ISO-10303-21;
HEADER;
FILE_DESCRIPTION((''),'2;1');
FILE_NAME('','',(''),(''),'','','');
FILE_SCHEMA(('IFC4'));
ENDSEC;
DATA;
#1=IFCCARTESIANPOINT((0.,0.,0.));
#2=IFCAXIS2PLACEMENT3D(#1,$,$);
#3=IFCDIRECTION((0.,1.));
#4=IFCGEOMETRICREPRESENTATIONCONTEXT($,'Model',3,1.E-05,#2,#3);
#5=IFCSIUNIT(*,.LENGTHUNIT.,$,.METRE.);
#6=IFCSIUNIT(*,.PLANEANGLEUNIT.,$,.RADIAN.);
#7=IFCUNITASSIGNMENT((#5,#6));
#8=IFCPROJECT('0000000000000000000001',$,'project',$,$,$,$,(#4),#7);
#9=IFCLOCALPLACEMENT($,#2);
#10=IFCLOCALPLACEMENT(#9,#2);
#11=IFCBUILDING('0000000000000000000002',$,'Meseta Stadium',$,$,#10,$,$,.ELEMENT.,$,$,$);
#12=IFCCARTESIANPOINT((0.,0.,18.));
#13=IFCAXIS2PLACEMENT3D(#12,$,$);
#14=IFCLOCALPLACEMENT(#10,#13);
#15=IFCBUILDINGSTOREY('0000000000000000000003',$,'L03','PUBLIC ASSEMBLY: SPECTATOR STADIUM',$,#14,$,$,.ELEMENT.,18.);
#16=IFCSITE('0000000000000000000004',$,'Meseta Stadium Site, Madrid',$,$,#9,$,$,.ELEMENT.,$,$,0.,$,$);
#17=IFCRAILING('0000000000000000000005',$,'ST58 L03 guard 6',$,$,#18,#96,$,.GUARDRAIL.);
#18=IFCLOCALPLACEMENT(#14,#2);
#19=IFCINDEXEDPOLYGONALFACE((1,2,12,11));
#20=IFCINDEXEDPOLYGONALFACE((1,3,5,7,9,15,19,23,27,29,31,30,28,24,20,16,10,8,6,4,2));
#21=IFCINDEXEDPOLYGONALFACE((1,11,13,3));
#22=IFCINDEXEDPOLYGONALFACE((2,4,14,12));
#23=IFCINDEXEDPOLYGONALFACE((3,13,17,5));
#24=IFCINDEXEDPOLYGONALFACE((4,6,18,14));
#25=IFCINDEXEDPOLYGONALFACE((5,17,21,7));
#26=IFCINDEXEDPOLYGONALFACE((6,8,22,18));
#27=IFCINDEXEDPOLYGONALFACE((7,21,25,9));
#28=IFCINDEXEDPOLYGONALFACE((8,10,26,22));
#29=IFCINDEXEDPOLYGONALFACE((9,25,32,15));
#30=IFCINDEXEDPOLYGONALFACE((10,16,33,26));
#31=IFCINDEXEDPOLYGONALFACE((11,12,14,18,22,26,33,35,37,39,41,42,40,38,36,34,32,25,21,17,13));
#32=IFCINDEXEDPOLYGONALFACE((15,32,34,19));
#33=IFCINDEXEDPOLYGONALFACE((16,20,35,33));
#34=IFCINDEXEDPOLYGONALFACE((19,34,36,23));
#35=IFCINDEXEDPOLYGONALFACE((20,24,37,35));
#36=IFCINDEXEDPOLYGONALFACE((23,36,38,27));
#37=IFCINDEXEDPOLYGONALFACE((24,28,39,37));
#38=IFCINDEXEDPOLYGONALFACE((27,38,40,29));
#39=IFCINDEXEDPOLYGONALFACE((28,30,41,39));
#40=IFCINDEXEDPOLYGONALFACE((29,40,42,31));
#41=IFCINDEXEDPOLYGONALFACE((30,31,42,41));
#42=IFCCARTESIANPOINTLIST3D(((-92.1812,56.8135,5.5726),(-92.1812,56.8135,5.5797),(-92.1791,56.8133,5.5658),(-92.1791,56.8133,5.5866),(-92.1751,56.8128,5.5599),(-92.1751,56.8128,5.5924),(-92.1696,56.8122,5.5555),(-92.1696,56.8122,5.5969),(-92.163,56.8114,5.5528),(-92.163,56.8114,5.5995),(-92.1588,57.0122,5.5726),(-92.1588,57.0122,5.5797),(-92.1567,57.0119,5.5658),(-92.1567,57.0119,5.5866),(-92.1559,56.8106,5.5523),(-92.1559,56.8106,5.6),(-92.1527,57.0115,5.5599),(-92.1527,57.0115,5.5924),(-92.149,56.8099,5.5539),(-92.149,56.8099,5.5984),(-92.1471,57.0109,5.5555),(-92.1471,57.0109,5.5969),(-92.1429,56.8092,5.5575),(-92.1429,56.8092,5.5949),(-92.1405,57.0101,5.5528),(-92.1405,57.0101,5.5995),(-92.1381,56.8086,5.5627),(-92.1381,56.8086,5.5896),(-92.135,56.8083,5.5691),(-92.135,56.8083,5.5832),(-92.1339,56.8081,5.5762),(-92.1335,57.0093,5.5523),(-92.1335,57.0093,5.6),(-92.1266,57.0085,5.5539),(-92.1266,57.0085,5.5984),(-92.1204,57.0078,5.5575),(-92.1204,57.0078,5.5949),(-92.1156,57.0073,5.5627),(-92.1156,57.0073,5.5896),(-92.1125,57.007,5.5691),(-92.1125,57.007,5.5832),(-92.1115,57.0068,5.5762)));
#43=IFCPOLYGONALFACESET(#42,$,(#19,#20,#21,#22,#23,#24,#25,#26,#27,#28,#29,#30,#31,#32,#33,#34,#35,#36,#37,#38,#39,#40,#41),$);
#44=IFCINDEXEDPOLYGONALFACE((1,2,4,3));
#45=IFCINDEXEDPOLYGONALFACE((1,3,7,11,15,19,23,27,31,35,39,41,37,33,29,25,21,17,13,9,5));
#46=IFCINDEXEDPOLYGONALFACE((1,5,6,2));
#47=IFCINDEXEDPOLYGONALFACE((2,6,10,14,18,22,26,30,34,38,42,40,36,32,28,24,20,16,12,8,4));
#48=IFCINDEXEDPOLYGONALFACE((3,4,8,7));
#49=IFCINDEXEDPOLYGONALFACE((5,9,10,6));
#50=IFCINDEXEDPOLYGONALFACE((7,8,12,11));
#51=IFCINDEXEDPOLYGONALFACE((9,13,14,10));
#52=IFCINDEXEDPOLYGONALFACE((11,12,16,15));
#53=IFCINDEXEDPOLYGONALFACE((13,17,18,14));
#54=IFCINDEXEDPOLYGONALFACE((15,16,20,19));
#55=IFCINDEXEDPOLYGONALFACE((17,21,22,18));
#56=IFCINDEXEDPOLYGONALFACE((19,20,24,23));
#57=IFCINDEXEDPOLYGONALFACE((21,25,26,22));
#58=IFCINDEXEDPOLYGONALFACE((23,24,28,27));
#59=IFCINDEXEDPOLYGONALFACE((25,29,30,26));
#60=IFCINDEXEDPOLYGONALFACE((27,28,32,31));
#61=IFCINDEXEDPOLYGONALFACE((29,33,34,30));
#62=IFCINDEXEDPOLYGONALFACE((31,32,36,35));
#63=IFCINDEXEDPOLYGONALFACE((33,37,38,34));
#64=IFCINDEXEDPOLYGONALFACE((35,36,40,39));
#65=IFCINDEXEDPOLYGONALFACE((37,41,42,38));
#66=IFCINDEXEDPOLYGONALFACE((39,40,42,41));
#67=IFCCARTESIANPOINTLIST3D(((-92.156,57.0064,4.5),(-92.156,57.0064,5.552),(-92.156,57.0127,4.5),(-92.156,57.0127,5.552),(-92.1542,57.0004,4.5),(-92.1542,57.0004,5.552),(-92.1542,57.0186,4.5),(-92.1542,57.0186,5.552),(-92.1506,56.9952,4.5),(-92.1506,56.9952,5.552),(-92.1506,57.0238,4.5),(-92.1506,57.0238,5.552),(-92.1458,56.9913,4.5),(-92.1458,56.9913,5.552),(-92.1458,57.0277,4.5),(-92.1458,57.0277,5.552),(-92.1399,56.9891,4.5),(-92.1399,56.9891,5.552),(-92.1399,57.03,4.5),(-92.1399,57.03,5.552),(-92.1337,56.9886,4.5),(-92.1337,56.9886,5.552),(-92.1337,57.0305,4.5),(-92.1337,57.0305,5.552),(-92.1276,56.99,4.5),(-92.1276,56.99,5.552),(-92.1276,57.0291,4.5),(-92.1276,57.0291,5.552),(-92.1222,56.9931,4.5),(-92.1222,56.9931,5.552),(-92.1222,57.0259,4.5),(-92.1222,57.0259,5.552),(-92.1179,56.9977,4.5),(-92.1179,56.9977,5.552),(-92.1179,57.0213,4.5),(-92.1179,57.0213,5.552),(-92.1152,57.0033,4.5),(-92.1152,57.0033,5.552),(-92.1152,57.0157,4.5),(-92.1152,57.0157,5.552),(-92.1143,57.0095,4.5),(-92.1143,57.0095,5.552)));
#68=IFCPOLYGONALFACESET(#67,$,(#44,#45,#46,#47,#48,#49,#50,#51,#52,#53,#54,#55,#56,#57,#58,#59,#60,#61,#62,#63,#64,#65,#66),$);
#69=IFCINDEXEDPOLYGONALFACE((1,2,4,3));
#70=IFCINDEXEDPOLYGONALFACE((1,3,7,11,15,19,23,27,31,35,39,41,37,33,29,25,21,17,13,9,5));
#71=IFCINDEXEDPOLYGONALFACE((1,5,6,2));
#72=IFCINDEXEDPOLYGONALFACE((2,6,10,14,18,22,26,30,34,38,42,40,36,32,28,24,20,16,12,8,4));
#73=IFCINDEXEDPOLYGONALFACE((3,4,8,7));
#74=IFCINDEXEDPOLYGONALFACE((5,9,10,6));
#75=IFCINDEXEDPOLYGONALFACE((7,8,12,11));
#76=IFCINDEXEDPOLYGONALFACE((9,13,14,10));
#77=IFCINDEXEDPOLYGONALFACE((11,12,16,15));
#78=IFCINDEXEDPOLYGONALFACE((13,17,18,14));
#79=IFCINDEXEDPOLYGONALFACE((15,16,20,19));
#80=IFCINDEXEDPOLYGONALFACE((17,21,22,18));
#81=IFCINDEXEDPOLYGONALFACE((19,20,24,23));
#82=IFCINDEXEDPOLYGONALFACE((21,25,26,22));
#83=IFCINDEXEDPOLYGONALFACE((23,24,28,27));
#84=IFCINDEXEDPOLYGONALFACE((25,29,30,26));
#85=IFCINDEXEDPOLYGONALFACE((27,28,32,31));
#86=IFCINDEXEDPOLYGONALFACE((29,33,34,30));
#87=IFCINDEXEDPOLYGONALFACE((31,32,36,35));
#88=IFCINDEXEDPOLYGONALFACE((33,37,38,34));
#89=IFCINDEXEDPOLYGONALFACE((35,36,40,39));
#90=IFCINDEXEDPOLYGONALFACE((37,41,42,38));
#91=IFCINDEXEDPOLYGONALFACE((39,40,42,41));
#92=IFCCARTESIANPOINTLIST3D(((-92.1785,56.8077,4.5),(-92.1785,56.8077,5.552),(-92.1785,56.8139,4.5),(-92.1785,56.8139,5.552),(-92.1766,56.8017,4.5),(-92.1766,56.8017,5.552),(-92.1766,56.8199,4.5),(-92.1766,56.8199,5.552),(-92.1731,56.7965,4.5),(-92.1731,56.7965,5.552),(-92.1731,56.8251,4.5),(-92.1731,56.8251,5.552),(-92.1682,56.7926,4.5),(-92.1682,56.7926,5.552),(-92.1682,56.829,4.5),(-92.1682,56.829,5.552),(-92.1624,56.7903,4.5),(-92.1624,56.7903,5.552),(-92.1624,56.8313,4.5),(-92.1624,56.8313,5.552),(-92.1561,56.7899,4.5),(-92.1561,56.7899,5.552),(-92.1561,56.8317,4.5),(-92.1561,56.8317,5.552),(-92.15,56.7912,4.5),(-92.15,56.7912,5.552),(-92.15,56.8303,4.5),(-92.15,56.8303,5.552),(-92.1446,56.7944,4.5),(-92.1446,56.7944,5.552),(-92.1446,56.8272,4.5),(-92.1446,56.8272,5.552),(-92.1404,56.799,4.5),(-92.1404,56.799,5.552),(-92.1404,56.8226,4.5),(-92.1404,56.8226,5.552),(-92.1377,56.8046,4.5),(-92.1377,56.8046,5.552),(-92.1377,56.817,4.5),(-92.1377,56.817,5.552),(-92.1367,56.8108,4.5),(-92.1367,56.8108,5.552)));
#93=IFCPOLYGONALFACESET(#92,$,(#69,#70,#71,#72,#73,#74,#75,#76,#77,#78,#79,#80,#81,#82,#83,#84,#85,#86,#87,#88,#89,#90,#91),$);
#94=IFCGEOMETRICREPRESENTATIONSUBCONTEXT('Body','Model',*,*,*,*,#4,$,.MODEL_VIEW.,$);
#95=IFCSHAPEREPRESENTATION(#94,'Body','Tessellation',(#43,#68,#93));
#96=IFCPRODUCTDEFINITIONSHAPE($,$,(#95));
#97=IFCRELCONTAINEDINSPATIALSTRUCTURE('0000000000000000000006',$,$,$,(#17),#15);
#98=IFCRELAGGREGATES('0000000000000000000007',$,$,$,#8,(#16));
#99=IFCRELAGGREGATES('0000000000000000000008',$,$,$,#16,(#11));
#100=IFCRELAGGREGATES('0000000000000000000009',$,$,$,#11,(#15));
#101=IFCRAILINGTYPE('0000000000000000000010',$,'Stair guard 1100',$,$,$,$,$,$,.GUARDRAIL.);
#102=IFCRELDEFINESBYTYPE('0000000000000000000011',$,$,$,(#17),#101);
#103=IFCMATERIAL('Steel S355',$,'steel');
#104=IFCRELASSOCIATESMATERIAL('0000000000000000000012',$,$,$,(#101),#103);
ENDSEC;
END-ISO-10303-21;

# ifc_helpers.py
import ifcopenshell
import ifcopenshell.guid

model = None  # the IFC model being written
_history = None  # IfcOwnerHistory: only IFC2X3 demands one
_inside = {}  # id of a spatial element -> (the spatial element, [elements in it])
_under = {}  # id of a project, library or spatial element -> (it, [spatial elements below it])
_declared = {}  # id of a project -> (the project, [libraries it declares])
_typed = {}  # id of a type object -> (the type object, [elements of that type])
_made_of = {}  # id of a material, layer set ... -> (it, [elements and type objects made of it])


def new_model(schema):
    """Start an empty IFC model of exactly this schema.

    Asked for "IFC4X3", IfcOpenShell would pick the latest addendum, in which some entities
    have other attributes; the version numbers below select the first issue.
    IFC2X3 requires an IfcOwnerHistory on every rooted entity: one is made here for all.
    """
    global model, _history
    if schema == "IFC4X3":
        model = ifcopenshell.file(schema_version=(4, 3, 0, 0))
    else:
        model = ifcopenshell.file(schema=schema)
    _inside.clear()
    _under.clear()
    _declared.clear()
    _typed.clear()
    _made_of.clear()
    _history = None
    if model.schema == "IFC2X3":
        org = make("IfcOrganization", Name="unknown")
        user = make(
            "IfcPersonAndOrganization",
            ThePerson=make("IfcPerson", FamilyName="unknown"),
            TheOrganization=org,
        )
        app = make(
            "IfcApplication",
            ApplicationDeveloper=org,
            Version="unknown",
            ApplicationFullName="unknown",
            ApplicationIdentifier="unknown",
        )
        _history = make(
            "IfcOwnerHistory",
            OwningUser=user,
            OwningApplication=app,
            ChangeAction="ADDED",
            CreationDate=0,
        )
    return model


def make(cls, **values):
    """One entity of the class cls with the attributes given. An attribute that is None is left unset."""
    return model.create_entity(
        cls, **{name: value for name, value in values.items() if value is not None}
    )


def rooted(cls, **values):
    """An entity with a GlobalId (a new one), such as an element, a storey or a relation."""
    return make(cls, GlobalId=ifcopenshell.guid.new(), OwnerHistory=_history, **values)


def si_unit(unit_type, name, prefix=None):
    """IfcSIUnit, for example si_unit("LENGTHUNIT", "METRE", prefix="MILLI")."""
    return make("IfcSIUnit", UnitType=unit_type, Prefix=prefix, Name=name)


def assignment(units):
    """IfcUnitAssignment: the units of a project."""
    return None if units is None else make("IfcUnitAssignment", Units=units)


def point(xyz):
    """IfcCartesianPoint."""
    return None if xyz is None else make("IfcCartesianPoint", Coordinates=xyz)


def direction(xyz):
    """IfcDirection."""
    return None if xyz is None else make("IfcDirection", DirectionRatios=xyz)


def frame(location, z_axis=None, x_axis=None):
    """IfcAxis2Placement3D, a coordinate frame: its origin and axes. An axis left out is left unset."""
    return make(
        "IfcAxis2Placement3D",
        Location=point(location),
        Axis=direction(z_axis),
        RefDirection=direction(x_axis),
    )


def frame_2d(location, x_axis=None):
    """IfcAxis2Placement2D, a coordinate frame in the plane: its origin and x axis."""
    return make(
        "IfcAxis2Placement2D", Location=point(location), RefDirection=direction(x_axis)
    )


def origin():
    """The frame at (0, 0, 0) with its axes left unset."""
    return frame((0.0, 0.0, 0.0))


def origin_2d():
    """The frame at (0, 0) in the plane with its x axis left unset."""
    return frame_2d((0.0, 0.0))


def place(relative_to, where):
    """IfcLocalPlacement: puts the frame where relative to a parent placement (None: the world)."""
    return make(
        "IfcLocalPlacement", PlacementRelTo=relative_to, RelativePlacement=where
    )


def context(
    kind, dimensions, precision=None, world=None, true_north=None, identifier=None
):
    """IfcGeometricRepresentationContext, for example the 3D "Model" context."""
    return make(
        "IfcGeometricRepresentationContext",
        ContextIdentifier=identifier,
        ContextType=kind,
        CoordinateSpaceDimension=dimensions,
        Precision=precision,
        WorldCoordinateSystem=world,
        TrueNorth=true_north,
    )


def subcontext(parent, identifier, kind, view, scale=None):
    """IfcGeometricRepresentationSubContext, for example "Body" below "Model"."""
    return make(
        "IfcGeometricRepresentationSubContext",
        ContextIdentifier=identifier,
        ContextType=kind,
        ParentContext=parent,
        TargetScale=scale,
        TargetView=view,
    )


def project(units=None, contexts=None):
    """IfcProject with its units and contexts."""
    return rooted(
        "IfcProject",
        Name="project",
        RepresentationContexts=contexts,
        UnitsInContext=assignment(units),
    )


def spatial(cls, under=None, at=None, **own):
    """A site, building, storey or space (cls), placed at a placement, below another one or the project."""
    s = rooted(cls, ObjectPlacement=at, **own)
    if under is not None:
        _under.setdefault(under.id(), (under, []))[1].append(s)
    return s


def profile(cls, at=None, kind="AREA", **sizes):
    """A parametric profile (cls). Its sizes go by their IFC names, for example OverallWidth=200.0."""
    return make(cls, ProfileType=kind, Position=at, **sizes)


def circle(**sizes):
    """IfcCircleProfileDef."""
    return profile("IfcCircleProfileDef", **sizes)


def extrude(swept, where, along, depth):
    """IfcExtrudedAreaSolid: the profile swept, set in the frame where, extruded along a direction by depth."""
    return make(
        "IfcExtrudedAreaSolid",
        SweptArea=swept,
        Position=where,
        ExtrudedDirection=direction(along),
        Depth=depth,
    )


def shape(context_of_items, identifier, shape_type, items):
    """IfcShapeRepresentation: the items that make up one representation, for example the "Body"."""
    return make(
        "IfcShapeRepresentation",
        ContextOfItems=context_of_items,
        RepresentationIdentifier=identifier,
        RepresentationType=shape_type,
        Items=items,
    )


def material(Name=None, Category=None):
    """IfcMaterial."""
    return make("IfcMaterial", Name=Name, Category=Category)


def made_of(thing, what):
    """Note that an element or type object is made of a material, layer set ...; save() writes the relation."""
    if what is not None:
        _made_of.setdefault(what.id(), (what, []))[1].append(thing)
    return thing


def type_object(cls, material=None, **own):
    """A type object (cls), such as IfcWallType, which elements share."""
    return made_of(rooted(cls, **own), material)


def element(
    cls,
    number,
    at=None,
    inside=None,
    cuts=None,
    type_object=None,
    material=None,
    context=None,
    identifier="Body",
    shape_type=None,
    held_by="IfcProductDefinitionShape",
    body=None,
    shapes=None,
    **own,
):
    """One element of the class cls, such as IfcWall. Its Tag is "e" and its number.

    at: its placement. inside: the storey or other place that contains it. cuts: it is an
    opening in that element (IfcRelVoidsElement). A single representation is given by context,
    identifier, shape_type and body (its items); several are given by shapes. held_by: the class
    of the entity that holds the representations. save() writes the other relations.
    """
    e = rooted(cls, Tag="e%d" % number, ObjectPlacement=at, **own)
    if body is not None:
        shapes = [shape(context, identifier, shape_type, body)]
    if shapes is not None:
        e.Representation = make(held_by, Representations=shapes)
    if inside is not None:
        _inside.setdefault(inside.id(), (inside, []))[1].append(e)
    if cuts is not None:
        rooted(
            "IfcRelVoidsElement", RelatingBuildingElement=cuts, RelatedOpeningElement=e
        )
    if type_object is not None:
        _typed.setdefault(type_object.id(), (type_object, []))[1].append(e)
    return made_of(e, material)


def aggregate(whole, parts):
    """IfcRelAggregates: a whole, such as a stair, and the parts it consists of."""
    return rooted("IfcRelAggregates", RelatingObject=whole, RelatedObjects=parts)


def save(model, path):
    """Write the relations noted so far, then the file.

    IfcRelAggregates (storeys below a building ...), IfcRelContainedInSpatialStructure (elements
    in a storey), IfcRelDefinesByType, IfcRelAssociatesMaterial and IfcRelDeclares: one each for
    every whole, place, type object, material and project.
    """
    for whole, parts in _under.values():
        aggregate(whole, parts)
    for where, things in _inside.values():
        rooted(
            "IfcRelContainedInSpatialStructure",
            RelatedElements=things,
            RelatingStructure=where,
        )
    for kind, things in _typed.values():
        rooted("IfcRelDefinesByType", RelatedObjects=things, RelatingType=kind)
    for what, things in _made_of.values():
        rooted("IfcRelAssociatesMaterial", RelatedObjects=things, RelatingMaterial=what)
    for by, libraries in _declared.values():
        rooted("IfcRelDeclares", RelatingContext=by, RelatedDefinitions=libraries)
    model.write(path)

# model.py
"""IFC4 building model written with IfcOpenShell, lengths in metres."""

from ifc_helpers import new_model, si_unit, direction, frame, origin, origin_2d, place, context, subcontext, project, spatial, circle, extrude, material, type_object, element, save


model = new_model("IFC4")

# Units and contexts
model_context = context("Model", 3, precision=1e-05, world=origin(), true_north=direction((0.0, 1.0)))
body_context = subcontext(model_context, "Body", "Model", "MODEL_VIEW")
ifc_project = project(units=[si_unit("LENGTHUNIT", "METRE"), si_unit("PLANEANGLEUNIT", "RADIAN")], contexts=[model_context])

# Site, building, storey
site_placement = place(None, origin())
site = spatial("IfcSite", under=ifc_project, at=site_placement, Name="Meseta Stadium Site, Madrid", CompositionType="ELEMENT", RefElevation=0.0)
building_placement = place(site_placement, origin())
building = spatial("IfcBuilding", under=site, at=building_placement, Name="Meseta Stadium", CompositionType="ELEMENT")
storey_placement = place(building_placement, frame((0.0, 0.0, 18.0)))
storey = spatial("IfcBuildingStorey", under=building, at=storey_placement, Name="L03", Description="PUBLIC ASSEMBLY: SPECTATOR STADIUM", CompositionType="ELEMENT", Elevation=18.0)

# Railing
ifc_material_1 = material(Name="Steel S355", Category="steel")
railing_type_1 = type_object("IfcRailingType", Name="Stair guard 1100", PredefinedType="GUARDRAIL", material=ifc_material_1)
railing_1_placement = place(storey_placement, frame((-92.1353, 57.0095, 4.5)))
element("IfcRailing", 1, at=railing_1_placement, inside=storey, type_object=railing_type_1, Name="ST58 L03 guard 6", PredefinedType="GUARDRAIL", context=body_context, shape_type="SweptSolid", body=[
    extrude(circle(Radius=0.0239, at=origin_2d()), frame((0.0, 0.0, 1.0762), z_axis=(-0.112307, -0.993674, 0.0), x_axis=(0.993674, -0.112307, 0.0)), (0.0, 0.0, 1.0), 0.2),
    extrude(circle(Radius=0.021, at=origin_2d()), origin(), (0.0, 0.0, 1.0), 1.052),
    extrude(circle(Radius=0.021, at=origin_2d()), frame((-0.0225, -0.1987, 0.0)), (0.0, 0.0, 1.0), 1.052),
])

save(model, "model.ifc")
